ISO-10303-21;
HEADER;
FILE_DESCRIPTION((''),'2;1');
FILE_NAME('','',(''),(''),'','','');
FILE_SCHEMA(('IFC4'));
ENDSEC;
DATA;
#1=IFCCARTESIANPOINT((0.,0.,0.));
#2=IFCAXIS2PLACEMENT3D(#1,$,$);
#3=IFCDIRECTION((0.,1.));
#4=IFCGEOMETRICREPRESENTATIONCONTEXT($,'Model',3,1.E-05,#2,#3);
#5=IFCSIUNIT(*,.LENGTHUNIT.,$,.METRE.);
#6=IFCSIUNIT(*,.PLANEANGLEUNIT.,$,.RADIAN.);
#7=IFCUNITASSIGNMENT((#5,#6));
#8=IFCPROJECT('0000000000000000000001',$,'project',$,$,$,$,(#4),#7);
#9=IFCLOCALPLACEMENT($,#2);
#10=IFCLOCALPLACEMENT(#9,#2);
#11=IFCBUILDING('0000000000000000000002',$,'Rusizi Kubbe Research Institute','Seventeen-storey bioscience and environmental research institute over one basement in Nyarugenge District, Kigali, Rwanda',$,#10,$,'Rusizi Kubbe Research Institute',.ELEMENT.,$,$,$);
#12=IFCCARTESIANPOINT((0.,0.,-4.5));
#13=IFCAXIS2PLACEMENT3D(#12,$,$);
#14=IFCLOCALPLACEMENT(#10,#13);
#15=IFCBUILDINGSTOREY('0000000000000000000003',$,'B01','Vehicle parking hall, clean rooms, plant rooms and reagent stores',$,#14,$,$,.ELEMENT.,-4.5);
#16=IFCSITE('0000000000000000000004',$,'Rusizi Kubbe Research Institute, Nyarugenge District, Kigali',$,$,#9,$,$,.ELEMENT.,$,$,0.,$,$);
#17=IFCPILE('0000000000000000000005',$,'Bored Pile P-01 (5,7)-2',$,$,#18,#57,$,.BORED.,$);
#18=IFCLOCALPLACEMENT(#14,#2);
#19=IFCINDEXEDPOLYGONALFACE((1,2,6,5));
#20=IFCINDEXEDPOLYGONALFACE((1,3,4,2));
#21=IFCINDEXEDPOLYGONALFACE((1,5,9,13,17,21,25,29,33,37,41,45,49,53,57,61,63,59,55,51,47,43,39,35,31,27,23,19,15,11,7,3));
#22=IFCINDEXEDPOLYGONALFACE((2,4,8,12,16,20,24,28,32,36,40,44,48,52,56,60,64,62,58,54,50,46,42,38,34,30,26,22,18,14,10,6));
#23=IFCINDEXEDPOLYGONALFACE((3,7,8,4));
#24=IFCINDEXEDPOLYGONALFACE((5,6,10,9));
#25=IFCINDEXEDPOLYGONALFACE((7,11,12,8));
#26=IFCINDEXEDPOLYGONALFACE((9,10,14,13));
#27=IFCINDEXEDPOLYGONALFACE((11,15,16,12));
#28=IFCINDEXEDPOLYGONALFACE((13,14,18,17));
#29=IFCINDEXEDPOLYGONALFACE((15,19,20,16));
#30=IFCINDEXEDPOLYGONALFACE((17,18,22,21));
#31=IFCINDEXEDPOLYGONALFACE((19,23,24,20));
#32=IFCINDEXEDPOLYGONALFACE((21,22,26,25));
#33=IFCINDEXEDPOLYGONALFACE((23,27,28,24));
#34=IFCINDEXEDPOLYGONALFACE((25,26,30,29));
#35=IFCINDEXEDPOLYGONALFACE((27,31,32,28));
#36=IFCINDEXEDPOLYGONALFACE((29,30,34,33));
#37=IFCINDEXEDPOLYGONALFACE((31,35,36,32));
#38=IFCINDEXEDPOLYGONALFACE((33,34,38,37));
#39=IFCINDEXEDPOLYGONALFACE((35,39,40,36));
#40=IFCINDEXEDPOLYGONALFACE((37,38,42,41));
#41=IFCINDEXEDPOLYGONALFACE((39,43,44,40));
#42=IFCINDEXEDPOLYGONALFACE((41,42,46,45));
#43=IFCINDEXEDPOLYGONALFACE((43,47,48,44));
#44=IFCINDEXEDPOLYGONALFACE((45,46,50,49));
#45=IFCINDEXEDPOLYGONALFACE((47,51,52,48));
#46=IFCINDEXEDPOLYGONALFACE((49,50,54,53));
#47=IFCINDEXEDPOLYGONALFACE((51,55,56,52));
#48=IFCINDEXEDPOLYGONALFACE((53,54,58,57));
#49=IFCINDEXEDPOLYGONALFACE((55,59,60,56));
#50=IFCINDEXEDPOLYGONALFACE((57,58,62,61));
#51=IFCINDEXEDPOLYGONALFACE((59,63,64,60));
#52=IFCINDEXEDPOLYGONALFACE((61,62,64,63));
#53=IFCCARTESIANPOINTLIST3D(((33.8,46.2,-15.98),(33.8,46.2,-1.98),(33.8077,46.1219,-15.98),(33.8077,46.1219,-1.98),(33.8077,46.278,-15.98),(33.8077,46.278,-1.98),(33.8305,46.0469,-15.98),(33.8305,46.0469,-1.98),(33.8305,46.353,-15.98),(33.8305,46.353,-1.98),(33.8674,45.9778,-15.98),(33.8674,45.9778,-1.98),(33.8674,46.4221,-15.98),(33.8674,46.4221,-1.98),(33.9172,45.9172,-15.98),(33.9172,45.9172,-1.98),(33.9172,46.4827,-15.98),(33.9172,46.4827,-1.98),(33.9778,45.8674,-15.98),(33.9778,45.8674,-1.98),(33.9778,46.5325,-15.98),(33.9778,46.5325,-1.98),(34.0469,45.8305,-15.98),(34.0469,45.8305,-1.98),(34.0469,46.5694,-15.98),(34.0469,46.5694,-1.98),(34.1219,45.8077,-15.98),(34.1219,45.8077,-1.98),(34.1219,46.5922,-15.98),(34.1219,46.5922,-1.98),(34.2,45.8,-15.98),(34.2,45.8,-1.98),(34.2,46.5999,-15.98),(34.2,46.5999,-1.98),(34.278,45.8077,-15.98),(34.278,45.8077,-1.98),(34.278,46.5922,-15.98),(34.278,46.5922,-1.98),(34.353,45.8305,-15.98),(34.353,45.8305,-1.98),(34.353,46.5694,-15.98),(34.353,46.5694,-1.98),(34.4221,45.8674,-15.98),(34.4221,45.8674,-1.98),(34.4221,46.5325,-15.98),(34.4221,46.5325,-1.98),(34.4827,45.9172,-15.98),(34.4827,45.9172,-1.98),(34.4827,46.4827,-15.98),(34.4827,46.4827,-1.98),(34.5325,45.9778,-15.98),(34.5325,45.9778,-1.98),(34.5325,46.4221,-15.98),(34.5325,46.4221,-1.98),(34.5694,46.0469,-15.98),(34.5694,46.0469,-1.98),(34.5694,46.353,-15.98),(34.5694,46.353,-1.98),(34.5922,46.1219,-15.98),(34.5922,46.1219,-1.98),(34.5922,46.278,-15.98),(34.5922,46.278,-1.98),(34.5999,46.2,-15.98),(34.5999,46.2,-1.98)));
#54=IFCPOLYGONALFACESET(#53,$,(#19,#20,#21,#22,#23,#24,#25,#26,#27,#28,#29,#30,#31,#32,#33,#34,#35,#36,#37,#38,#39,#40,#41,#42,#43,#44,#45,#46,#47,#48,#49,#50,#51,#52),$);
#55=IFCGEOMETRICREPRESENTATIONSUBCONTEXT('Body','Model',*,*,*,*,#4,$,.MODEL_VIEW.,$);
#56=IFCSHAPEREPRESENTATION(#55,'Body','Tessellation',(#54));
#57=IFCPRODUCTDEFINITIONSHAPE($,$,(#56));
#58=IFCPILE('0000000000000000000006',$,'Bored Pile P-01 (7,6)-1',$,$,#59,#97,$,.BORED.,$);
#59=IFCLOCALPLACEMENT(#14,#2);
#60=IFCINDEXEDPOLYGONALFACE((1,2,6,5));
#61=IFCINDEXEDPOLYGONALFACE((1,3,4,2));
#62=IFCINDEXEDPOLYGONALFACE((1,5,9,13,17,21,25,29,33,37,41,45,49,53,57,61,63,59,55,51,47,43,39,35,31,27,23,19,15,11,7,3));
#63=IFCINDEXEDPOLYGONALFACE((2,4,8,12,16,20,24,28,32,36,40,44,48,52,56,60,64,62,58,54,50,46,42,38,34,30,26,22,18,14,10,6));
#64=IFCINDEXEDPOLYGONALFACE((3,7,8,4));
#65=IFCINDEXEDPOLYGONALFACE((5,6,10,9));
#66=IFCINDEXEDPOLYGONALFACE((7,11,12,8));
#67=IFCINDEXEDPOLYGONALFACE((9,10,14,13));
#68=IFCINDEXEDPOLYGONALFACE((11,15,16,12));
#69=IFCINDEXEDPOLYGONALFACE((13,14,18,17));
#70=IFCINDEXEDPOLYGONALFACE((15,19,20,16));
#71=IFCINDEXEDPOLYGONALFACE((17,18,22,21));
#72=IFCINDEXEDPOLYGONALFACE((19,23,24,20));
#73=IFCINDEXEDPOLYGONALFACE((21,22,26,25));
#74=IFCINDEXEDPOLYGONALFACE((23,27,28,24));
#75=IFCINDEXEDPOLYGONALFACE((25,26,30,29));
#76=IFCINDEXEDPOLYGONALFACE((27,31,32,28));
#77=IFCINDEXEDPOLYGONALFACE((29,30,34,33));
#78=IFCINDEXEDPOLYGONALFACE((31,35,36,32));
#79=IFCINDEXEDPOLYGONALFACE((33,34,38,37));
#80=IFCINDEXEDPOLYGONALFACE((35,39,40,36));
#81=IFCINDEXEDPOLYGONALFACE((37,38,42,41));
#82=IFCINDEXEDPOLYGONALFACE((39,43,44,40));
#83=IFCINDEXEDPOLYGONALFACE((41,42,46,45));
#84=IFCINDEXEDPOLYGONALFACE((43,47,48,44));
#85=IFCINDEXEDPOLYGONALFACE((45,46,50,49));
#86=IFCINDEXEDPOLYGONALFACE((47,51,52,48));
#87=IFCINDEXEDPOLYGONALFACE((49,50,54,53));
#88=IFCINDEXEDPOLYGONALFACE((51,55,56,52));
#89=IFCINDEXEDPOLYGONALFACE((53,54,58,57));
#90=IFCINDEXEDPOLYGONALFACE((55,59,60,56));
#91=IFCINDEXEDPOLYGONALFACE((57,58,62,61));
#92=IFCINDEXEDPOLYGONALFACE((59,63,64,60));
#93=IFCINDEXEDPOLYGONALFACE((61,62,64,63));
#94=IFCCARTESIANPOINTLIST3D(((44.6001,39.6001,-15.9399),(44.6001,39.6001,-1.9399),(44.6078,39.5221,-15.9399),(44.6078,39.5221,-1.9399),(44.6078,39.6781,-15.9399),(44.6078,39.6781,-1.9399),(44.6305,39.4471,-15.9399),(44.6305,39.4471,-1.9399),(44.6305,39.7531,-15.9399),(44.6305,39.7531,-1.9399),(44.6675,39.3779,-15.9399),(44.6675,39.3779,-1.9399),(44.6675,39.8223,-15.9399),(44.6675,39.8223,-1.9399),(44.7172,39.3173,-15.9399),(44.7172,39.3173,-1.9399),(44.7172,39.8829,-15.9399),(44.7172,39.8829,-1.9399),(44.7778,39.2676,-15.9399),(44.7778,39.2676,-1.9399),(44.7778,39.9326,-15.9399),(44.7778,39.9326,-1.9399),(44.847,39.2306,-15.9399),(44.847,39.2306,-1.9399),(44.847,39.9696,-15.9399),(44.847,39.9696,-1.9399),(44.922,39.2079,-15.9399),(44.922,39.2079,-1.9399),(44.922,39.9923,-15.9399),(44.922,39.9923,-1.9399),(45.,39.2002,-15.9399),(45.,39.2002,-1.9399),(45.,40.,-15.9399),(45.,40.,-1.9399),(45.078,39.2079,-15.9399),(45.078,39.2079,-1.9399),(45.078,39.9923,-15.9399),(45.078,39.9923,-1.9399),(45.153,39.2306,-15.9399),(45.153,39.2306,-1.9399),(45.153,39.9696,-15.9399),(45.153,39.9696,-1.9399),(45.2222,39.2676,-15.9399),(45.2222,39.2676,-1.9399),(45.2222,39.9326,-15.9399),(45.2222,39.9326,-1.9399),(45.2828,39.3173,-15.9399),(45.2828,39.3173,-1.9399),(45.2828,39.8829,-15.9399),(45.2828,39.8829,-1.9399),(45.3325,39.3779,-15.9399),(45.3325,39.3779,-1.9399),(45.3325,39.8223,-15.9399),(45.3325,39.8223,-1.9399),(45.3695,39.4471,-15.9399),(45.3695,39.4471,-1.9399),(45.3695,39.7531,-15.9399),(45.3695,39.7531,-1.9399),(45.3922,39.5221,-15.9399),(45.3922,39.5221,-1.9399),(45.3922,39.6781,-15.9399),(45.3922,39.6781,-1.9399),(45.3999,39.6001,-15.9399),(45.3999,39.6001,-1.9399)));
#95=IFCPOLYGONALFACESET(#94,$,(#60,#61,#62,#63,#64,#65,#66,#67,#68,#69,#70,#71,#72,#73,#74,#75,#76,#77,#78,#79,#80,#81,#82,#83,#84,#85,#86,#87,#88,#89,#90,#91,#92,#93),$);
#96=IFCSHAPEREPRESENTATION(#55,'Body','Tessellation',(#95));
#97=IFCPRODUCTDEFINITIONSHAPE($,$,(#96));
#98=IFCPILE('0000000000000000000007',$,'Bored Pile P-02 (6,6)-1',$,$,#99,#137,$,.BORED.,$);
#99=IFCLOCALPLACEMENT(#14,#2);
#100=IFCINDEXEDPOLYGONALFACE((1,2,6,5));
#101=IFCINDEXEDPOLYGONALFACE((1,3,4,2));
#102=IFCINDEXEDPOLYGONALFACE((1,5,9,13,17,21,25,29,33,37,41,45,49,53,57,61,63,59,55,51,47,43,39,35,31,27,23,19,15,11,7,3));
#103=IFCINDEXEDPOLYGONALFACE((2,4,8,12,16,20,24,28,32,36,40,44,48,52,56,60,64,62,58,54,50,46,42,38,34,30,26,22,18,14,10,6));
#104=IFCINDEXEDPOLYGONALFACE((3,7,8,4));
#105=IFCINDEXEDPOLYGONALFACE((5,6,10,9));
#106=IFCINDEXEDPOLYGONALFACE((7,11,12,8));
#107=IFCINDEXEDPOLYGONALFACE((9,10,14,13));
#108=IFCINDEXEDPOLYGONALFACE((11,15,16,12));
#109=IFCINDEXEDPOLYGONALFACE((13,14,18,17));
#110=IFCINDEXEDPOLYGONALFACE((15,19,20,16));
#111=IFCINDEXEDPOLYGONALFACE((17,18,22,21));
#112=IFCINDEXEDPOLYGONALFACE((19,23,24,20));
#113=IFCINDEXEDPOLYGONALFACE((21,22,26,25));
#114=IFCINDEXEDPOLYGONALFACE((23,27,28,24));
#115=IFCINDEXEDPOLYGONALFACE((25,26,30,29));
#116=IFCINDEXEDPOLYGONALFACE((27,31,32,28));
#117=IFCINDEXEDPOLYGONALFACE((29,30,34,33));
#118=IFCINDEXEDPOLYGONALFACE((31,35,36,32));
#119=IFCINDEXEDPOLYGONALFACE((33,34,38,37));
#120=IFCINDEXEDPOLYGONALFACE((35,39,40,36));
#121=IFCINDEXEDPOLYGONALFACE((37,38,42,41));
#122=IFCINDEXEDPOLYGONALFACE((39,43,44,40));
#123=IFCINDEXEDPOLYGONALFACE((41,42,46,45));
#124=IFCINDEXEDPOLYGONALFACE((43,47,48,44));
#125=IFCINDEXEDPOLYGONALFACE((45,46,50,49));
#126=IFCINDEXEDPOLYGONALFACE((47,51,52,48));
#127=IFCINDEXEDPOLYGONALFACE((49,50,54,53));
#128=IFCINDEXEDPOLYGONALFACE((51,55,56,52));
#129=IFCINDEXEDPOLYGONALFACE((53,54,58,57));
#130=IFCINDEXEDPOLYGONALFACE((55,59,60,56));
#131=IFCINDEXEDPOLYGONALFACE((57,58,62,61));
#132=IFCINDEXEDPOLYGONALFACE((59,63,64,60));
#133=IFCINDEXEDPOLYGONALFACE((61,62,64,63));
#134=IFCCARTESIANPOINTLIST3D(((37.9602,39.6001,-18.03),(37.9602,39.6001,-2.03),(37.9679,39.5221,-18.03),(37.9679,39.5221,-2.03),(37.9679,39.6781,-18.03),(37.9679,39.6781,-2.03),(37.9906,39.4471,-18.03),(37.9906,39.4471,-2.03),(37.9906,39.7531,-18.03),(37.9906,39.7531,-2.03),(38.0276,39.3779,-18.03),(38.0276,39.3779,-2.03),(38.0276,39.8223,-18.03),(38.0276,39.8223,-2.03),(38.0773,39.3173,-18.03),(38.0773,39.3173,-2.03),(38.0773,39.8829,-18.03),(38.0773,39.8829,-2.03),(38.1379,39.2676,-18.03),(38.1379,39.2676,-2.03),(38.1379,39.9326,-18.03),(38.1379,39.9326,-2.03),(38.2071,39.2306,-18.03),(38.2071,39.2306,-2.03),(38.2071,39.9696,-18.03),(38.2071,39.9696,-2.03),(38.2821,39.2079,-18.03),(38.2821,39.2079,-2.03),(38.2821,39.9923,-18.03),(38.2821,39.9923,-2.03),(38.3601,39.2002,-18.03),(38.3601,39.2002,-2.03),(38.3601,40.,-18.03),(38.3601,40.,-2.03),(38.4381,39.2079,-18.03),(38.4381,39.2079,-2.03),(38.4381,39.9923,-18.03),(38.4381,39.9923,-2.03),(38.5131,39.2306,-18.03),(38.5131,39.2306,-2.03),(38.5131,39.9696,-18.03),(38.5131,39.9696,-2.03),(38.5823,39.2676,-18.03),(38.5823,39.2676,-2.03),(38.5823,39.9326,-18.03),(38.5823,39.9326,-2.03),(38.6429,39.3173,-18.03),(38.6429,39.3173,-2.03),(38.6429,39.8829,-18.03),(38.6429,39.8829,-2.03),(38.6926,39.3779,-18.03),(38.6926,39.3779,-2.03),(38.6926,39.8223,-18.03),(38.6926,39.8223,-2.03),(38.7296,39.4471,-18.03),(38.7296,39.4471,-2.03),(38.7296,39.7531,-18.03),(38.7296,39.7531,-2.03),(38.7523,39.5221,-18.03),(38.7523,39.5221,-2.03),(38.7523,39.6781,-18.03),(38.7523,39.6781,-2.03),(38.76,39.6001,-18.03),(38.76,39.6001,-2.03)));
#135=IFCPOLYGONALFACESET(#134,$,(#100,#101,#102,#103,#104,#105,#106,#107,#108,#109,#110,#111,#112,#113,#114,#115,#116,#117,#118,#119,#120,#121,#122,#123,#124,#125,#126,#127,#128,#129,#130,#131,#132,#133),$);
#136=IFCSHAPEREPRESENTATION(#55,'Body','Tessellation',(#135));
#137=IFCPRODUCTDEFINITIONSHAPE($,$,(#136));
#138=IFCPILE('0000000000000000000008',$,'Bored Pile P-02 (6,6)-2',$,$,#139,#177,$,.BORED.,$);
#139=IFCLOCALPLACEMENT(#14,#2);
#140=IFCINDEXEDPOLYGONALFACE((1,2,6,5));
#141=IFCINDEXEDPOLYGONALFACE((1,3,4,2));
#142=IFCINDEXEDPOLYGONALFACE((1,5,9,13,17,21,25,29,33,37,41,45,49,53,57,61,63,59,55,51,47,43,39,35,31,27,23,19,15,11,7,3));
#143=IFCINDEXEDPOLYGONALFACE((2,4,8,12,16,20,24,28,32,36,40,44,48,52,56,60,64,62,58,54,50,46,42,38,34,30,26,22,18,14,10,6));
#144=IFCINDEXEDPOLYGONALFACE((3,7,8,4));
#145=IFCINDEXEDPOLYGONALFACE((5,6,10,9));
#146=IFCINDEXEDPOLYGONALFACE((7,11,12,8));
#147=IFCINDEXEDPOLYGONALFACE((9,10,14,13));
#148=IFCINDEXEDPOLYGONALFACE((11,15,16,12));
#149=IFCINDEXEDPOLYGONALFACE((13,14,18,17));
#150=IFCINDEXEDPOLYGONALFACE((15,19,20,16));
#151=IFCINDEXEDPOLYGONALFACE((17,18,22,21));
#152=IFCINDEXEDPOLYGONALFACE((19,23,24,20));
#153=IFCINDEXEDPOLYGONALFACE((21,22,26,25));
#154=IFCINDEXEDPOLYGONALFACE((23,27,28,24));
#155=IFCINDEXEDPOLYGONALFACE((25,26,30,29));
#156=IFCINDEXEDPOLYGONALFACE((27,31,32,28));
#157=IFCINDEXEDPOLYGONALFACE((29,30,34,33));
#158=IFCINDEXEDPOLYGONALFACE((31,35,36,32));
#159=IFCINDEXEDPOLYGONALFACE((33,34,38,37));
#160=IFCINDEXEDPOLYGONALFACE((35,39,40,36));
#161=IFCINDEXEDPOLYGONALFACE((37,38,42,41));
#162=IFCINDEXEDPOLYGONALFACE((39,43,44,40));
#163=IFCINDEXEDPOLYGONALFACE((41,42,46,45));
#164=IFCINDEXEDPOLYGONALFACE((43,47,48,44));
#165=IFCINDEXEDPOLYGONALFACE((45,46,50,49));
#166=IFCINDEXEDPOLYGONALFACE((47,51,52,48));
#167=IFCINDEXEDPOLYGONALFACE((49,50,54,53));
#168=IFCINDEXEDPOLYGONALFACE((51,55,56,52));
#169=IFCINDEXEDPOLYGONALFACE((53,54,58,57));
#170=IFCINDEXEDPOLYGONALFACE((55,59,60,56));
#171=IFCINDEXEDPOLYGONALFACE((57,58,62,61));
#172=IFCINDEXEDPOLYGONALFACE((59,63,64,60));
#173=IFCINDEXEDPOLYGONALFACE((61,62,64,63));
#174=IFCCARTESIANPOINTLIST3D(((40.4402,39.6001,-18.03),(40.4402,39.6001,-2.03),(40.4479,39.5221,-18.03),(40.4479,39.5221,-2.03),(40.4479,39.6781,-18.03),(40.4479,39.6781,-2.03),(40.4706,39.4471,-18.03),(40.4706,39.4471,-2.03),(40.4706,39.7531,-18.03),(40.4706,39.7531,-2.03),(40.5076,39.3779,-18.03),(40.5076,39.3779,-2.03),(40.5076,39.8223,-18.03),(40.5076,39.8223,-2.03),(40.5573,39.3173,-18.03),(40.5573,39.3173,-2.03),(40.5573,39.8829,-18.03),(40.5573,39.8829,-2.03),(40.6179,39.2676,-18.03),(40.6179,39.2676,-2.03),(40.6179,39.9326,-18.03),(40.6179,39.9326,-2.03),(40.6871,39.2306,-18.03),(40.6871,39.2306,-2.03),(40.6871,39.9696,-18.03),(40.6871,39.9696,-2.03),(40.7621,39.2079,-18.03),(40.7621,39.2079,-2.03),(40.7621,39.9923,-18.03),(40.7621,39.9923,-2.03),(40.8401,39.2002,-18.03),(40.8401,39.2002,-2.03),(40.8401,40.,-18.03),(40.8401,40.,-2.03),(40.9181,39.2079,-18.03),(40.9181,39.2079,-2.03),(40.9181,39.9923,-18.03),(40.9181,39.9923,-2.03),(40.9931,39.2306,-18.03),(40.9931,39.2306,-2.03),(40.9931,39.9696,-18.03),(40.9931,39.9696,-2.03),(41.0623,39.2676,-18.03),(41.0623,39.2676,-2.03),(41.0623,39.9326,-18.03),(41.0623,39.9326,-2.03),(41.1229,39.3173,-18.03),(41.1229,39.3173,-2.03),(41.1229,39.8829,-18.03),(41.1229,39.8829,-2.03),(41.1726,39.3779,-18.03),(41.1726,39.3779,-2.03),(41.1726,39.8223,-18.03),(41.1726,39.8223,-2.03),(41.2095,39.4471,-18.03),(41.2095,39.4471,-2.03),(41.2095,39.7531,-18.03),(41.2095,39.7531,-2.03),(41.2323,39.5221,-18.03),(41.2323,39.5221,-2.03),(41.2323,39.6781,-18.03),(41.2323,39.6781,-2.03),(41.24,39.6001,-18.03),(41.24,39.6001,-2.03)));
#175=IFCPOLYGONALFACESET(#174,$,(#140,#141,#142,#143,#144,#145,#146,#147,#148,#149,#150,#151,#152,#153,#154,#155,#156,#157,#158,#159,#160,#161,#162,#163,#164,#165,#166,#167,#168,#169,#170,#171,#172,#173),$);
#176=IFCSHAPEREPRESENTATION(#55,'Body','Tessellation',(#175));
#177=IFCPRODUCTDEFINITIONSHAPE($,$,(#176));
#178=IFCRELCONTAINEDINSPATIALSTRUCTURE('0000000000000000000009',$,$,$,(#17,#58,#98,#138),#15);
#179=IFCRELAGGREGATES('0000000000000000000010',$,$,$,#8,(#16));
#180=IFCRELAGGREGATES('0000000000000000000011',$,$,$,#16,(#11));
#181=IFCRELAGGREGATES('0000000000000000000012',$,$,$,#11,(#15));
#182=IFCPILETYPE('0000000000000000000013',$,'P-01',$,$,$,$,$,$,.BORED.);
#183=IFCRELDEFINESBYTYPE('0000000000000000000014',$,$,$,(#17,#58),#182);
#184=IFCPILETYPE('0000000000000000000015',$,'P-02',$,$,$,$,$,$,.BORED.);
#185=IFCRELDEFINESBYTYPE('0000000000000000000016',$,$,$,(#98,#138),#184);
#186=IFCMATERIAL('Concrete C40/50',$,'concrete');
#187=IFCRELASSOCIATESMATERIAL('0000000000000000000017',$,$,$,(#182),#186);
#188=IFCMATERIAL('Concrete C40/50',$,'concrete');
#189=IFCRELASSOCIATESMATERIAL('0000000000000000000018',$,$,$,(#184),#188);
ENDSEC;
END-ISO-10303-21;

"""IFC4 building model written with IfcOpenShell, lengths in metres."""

from ifc_helpers import new_model, si_unit, direction, frame, origin, origin_2d, place, context, subcontext, project, spatial, circle, extrude, material, material_profile, profile_set, type_object, element, save


model = new_model("IFC4")

# Units and contexts
model_context = context("Model", 3, precision=1e-05, world=origin(), true_north=direction((0.0, 1.0)))
body_context = subcontext(model_context, "Body", "Model", "MODEL_VIEW")
ifc_project = project(units=[si_unit("LENGTHUNIT", "METRE"), si_unit("PLANEANGLEUNIT", "RADIAN")], contexts=[model_context])

# Site, building, storey
site_placement = place(None, origin())
site = spatial("IfcSite", under=ifc_project, at=site_placement, Name="Rusizi Kubbe Research Institute, Nyarugenge District, Kigali", CompositionType="ELEMENT", RefElevation=0.0)
building_placement = place(site_placement, origin())
building = spatial("IfcBuilding", under=site, at=building_placement, Name="Rusizi Kubbe Research Institute", Description="Seventeen-storey bioscience and environmental research institute over one basement in Nyarugenge District, Kigali, Rwanda", LongName="Rusizi Kubbe Research Institute", CompositionType="ELEMENT")
storey_placement = place(building_placement, frame((0.0, 0.0, -4.5)))
storey = spatial("IfcBuildingStorey", under=building, at=storey_placement, Name="B01", Description="Vehicle parking hall, clean rooms, plant rooms and reagent stores", CompositionType="ELEMENT", Elevation=-4.5)

# Piles
ifc_material_1 = material(Name="Concrete C40/50", Category="concrete")
ifc_material_profile_1 = material_profile(ifc_material_1, circle(Radius=0.3999, at=origin_2d()), Name="PILE-D800")
ifc_profile_set_1 = profile_set([ifc_material_profile_1], Name="Concrete C40/50")
pile_type_1 = type_object("IfcPileType", Name="P-01", PredefinedType="BORED", material=ifc_profile_set_1)
for number, where, z_axis, x_axis, name in (
    (1, (34.2, 46.2, -1.98), (0.0, 0.0, -1.0), (1.0, 0.0, 0.0), "Bored Pile P-01 (5,7)-2"),
    (2, (45.0, 39.6001, -1.9399), (0.0, 0.0, -1.0), (1.0, 0.0, 0.0), "Bored Pile P-01 (7,6)-1"),
):
    element("IfcPile", number, at=place(storey_placement, frame(where, z_axis=z_axis, x_axis=x_axis)), inside=storey, type_object=pile_type_1, Name=name, PredefinedType="BORED", context=body_context, shape_type="SweptSolid", body=[
        extrude(circle(Radius=0.3999, at=origin_2d()), origin(), (0.0, 0.0, 1.0), 14.0),
    ])
ifc_material_2 = material(Name="Concrete C40/50", Category="concrete")
ifc_material_profile_2 = material_profile(ifc_material_2, circle(Radius=0.3999, at=origin_2d()), Name="PILE-D800")
ifc_profile_set_2 = profile_set([ifc_material_profile_2], Name="Concrete C40/50")
pile_type_2 = type_object("IfcPileType", Name="P-02", PredefinedType="BORED", material=ifc_profile_set_2)
for number, where, z_axis, x_axis, name in (
    (3, (38.3601, 39.6001, -2.03), (0.0, 0.0, -1.0), (1.0, 0.0, 0.0), "Bored Pile P-02 (6,6)-1"),
    (4, (40.8401, 39.6001, -2.03), (0.0, 0.0, -1.0), (1.0, 0.0, 0.0), "Bored Pile P-02 (6,6)-2"),
):
    element("IfcPile", number, at=place(storey_placement, frame(where, z_axis=z_axis, x_axis=x_axis)), inside=storey, type_object=pile_type_2, Name=name, PredefinedType="BORED", context=body_context, shape_type="SweptSolid", body=[
        extrude(circle(Radius=0.3999, at=origin_2d()), origin(), (0.0, 0.0, 1.0), 16.0),
    ])

save(model, "model.ifc")
